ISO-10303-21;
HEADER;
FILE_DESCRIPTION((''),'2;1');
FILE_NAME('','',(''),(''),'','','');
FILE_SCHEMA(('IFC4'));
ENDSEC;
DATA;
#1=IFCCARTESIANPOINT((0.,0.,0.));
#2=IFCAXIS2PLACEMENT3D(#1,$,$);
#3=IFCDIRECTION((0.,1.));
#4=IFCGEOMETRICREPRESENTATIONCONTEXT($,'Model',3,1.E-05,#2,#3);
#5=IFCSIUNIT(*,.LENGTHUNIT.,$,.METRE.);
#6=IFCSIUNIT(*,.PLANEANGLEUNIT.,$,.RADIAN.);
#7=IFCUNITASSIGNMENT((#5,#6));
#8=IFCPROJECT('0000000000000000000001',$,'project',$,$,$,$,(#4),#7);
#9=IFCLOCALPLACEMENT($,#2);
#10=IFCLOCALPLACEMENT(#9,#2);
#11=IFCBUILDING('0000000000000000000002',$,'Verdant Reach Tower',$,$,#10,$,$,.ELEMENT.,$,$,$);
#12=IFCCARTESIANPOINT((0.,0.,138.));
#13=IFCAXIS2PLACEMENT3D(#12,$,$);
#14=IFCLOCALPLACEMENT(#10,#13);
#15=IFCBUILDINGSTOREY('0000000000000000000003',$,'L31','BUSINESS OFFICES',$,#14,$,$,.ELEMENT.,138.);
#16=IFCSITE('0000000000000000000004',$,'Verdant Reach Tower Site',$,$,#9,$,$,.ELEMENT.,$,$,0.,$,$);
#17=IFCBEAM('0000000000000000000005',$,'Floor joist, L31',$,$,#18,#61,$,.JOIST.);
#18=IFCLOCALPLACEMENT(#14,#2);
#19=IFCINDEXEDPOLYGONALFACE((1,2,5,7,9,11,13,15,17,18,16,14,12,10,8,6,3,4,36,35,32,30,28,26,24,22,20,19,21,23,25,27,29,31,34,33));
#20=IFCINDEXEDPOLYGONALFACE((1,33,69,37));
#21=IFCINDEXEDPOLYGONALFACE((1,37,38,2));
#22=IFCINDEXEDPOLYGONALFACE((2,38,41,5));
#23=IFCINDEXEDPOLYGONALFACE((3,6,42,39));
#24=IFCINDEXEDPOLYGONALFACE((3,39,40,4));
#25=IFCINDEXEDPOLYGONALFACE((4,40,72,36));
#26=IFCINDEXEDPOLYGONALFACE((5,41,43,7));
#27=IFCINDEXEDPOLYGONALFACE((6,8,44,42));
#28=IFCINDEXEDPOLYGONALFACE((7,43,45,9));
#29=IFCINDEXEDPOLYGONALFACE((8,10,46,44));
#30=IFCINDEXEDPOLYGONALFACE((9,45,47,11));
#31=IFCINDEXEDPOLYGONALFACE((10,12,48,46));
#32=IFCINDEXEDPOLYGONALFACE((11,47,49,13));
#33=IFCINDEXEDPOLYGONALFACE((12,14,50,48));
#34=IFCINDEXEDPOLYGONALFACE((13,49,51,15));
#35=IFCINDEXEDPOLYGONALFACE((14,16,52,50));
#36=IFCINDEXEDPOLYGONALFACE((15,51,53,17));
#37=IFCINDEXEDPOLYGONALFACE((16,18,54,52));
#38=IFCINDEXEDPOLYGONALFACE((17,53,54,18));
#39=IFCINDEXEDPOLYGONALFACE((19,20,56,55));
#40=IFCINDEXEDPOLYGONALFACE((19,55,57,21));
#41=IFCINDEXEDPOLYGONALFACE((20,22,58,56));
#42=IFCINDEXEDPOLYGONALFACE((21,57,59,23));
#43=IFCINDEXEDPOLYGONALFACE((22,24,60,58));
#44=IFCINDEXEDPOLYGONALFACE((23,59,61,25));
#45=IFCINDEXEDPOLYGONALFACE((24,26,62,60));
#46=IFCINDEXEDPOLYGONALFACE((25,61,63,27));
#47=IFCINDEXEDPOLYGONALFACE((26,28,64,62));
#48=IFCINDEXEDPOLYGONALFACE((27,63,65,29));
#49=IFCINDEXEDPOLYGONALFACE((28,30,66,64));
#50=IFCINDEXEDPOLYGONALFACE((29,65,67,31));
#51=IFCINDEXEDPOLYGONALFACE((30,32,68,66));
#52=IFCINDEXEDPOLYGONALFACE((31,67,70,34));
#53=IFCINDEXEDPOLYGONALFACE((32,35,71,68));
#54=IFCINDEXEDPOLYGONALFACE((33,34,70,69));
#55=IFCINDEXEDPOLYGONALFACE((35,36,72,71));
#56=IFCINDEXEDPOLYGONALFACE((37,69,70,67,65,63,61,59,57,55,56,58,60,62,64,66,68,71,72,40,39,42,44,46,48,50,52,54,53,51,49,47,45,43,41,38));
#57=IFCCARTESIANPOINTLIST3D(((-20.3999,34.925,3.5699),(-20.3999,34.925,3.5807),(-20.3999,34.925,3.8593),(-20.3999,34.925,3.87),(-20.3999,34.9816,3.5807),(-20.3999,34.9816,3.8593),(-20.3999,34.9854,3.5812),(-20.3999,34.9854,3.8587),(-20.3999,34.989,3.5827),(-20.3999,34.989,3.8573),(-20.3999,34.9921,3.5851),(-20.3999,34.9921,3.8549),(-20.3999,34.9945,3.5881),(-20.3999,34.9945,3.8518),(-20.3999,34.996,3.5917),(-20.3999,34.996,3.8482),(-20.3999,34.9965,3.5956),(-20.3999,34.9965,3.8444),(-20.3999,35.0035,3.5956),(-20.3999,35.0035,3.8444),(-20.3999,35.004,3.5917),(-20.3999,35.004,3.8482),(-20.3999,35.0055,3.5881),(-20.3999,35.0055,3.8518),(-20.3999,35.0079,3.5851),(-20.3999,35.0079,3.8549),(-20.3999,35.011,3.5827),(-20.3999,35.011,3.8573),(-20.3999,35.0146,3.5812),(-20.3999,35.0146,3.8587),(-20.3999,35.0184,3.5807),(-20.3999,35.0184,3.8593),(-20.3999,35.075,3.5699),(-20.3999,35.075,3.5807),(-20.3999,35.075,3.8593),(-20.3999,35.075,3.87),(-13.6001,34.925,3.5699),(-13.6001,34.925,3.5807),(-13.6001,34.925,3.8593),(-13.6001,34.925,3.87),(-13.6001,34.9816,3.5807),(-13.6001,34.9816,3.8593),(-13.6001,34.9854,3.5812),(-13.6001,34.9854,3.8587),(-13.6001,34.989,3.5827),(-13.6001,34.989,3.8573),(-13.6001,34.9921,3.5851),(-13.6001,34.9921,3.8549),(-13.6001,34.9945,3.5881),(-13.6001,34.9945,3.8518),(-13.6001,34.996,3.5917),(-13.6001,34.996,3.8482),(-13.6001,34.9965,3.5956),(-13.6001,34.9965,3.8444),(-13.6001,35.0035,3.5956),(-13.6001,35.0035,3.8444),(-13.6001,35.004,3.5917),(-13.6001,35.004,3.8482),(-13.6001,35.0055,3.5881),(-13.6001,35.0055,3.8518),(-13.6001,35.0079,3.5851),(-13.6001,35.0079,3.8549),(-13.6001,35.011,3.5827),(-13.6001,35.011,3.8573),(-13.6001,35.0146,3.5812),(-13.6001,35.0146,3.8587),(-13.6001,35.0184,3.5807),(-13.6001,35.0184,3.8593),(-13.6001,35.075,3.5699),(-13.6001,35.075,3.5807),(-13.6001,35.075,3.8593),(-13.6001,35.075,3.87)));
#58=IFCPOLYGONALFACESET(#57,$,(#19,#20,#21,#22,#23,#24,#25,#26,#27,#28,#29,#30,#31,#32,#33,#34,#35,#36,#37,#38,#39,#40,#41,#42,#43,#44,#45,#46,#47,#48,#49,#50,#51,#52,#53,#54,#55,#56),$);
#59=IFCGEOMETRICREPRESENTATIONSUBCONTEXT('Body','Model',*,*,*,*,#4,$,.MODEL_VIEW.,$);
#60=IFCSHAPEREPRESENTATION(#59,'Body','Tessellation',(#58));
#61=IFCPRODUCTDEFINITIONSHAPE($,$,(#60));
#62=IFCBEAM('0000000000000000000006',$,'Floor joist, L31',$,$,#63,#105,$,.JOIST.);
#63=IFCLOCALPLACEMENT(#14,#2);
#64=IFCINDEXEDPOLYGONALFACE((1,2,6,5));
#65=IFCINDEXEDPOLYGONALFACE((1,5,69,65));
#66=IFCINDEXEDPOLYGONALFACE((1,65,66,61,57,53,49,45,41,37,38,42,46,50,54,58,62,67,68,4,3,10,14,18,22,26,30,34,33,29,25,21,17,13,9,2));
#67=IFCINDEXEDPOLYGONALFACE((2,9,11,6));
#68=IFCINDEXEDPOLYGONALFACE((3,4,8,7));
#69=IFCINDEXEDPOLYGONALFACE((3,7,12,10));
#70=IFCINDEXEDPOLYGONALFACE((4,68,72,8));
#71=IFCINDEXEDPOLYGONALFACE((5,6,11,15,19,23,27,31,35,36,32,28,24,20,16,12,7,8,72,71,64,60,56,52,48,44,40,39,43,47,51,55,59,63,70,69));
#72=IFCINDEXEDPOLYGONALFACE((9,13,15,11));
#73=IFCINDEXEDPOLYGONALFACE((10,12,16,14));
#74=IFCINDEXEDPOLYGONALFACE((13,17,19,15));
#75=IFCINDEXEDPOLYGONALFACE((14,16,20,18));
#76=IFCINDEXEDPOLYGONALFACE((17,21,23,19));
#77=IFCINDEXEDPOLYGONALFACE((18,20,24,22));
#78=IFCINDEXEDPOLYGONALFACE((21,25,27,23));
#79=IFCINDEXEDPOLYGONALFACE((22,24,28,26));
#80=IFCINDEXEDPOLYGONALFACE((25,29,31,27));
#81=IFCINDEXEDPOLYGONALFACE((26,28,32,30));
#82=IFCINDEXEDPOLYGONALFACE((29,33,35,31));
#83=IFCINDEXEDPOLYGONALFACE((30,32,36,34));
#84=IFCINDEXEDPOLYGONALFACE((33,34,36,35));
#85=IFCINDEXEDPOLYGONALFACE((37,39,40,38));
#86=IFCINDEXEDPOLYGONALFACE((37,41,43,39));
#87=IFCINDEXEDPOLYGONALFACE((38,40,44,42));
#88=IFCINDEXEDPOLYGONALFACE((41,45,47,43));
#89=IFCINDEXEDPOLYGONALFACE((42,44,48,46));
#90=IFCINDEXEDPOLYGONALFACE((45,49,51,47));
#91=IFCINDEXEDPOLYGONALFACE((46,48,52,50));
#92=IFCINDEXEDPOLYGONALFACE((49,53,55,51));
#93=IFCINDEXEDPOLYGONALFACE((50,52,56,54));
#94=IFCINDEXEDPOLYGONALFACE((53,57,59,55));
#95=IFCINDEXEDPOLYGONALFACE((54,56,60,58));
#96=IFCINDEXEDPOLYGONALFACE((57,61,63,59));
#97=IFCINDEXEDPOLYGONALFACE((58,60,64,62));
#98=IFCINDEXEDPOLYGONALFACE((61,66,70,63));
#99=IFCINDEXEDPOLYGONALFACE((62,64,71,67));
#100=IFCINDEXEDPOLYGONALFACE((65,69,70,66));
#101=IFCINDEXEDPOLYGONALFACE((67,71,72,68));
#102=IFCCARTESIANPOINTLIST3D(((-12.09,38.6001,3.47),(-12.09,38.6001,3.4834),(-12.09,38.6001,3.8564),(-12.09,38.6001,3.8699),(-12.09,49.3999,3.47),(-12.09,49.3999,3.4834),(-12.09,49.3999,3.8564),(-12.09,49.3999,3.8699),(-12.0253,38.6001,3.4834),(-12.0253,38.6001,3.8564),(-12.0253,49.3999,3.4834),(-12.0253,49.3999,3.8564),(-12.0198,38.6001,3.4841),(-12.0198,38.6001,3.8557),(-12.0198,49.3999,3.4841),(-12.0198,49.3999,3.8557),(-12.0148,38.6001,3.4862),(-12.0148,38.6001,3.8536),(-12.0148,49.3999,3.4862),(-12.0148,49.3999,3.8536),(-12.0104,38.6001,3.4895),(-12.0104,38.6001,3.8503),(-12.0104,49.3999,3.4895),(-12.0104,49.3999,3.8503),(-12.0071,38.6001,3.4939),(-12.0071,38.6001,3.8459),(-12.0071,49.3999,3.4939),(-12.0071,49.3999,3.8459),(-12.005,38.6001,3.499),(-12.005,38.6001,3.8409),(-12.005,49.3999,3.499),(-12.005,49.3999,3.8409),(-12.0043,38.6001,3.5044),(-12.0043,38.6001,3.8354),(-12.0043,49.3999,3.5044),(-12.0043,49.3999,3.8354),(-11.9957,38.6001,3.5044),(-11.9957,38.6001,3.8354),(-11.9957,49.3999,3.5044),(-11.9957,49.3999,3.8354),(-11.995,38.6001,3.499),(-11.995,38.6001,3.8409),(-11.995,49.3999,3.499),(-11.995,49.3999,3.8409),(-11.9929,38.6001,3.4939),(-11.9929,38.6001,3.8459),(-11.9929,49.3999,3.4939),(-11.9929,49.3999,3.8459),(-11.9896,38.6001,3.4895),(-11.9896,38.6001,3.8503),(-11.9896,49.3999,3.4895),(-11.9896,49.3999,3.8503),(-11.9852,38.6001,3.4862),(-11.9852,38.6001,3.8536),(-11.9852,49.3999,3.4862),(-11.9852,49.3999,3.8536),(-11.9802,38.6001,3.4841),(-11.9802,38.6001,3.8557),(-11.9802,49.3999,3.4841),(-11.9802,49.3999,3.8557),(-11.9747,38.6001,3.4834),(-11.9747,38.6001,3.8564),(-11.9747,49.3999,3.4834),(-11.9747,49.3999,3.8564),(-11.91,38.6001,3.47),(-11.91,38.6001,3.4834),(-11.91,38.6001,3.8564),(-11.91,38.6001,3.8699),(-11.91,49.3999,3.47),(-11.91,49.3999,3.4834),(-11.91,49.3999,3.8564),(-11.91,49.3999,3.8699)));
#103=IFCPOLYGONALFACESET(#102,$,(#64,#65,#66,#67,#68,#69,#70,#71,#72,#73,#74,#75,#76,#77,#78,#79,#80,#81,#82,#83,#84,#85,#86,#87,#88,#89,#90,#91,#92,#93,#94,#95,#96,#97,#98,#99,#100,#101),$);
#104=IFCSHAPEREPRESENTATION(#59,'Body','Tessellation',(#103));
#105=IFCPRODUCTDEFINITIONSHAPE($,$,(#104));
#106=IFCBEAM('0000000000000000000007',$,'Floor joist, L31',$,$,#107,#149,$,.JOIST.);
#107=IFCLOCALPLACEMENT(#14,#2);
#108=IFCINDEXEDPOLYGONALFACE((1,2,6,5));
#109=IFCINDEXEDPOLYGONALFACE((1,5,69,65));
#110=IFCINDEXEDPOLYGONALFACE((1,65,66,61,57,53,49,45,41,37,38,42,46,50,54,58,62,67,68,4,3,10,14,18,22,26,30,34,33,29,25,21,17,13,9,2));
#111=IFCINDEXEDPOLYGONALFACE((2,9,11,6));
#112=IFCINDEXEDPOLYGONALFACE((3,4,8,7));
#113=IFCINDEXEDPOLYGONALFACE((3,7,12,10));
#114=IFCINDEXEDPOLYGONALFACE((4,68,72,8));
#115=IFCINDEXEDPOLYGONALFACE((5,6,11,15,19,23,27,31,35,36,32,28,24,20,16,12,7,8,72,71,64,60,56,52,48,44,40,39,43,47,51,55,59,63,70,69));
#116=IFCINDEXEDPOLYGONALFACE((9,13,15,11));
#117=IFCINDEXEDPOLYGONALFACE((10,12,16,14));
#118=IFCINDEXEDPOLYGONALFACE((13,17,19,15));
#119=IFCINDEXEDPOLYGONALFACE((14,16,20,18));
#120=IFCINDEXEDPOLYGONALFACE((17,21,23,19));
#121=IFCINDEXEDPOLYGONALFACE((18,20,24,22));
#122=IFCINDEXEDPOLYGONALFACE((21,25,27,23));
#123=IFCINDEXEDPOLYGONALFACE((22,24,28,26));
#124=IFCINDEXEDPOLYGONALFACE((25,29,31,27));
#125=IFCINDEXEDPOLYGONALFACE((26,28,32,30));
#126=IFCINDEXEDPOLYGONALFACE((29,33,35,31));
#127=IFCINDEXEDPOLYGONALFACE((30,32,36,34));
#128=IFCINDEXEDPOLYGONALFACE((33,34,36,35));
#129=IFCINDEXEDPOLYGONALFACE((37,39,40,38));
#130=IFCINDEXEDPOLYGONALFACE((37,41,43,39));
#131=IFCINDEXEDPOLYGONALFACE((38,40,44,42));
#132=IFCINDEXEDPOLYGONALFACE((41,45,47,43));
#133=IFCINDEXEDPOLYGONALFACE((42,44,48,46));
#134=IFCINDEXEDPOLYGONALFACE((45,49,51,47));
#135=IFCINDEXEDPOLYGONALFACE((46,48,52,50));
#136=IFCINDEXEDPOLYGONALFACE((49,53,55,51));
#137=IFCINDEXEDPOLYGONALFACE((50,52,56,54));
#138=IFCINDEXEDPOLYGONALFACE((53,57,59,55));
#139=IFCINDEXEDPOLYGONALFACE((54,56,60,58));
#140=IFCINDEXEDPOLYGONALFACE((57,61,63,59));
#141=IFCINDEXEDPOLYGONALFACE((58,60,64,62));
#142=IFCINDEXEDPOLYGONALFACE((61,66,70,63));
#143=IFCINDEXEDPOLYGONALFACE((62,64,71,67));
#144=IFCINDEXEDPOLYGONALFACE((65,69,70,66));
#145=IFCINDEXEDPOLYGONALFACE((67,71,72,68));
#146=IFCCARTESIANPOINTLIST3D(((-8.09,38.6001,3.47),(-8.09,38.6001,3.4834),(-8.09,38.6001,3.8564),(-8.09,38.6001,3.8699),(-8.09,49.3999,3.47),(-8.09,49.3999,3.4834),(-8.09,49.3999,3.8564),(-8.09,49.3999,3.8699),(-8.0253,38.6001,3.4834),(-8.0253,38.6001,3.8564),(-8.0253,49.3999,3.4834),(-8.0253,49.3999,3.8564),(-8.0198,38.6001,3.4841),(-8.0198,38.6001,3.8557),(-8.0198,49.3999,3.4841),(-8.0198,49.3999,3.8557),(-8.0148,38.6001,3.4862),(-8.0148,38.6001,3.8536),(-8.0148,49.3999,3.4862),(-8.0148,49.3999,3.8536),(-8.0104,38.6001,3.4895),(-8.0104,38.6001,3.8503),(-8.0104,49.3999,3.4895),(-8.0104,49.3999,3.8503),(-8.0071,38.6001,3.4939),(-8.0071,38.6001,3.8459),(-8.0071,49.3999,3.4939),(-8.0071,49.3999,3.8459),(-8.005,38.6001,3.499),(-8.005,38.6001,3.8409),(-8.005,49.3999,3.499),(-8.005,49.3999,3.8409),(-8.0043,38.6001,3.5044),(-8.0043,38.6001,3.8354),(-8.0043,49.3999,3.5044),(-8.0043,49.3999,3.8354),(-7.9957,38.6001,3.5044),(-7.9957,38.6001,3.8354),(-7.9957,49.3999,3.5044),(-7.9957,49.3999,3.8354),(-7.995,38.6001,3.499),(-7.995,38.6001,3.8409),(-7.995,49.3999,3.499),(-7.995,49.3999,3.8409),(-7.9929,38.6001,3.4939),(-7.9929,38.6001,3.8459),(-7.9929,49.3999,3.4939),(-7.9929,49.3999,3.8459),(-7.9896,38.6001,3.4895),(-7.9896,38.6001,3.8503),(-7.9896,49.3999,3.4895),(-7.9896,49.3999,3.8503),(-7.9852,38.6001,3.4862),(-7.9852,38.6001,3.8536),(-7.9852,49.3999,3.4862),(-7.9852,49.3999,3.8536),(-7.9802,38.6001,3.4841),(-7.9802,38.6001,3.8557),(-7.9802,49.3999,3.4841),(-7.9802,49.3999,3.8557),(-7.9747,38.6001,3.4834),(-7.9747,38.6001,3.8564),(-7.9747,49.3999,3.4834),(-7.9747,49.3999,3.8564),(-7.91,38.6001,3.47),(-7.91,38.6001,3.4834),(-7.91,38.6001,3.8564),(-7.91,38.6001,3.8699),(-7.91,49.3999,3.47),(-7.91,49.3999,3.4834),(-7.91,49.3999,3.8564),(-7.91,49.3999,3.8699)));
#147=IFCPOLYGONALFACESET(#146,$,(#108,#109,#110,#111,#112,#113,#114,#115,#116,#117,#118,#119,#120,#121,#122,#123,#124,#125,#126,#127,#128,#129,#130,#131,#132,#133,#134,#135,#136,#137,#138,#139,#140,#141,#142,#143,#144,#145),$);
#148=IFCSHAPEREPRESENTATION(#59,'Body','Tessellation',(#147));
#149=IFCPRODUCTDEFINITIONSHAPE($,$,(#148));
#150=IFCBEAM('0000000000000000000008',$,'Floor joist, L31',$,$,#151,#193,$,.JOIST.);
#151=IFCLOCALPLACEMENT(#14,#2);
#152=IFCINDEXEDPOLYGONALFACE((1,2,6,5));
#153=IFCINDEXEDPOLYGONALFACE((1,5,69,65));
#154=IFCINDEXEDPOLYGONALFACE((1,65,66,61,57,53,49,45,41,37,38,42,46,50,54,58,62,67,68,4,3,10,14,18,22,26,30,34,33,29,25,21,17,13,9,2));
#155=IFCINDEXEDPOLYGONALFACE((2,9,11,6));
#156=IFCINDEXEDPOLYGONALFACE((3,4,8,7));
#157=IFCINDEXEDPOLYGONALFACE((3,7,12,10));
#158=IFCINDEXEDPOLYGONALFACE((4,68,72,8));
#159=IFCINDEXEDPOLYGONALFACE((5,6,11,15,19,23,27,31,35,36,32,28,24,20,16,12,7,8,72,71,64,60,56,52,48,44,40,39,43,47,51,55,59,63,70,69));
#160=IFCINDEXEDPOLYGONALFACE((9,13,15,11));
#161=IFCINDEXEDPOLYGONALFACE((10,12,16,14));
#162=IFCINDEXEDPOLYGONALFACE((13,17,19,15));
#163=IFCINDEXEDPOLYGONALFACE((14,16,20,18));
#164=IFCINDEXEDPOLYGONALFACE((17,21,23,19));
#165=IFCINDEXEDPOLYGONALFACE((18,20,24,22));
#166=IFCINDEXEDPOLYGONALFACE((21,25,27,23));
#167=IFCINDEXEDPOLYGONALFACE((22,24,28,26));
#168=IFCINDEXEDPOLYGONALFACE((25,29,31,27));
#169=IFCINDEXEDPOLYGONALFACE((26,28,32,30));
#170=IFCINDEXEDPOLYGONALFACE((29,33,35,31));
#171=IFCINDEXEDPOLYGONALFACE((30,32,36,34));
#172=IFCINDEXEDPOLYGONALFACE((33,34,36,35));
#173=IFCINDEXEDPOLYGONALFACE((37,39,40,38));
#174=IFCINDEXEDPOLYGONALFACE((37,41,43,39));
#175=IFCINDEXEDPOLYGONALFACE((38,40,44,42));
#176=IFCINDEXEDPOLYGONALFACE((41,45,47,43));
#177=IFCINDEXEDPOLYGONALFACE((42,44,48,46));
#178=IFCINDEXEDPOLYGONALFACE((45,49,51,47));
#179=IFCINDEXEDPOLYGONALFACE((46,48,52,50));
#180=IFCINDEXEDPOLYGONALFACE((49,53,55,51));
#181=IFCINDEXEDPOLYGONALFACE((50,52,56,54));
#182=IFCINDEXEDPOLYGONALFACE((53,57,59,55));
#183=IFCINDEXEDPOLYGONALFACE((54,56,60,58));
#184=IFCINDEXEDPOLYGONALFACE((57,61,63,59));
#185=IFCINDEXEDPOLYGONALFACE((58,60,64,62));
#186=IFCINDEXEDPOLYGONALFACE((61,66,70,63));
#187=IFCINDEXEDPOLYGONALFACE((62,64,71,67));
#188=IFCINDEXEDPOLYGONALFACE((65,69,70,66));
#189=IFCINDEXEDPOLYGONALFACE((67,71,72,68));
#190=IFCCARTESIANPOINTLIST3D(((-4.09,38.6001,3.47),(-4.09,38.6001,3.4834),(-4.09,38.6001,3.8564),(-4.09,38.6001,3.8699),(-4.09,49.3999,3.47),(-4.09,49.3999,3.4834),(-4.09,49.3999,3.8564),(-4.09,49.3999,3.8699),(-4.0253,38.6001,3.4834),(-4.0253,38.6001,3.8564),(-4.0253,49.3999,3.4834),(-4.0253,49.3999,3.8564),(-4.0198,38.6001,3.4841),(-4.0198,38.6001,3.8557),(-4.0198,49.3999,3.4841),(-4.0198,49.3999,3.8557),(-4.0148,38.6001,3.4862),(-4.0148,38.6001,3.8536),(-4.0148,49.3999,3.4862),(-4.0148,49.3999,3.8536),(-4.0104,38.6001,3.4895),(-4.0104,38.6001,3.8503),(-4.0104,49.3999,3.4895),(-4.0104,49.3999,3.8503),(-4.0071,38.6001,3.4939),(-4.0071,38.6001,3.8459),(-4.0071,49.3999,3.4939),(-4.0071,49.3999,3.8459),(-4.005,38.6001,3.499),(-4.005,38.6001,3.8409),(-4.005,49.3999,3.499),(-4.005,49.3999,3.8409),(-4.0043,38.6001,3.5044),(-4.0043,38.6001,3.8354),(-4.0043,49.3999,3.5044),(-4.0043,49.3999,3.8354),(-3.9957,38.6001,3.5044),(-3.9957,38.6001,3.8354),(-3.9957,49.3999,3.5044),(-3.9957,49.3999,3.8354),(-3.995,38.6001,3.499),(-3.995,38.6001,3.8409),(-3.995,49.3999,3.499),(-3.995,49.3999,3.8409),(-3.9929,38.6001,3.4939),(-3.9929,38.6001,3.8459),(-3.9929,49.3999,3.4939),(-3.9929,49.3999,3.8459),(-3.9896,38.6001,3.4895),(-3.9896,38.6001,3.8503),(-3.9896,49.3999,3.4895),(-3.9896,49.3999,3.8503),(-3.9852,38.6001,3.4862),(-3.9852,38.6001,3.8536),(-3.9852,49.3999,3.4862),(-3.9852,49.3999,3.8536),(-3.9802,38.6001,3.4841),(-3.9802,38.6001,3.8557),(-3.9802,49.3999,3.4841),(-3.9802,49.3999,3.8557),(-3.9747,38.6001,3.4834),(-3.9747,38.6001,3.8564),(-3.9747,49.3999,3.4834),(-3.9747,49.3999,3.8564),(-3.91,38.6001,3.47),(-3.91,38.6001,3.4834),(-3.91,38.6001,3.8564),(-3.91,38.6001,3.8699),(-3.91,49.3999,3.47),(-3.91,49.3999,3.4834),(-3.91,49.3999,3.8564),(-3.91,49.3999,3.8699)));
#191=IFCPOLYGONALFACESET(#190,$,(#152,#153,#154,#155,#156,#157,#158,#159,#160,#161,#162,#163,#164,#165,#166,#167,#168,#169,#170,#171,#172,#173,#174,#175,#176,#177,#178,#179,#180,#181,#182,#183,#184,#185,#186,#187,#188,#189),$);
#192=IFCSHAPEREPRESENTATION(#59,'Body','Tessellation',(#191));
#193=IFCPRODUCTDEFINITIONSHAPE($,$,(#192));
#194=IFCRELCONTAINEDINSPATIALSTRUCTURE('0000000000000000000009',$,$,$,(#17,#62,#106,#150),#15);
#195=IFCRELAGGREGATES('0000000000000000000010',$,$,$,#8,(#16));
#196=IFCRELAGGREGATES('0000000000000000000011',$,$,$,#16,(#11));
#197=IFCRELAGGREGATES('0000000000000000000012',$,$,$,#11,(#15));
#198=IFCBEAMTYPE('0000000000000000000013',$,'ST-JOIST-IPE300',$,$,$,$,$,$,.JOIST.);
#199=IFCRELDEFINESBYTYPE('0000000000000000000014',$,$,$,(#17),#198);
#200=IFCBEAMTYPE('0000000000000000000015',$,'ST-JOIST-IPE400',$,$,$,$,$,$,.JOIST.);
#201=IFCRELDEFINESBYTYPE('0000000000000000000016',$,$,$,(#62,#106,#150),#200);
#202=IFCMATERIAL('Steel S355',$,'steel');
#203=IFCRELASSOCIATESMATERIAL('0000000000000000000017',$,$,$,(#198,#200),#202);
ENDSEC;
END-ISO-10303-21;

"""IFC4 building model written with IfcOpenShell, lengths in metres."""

from ifc_helpers import new_model, si_unit, direction, frame, origin, origin_2d, place, context, subcontext, project, spatial, i_section, extrude, material, material_profile, profile_set, type_object, element, save


model = new_model("IFC4")

# Units and contexts
model_context = context("Model", 3, precision=1e-05, world=origin(), true_north=direction((0.0, 1.0)))
body_context = subcontext(model_context, "Body", "Model", "MODEL_VIEW")
ifc_project = project(units=[si_unit("LENGTHUNIT", "METRE"), si_unit("PLANEANGLEUNIT", "RADIAN")], contexts=[model_context])

# Site, building, storey
site_placement = place(None, origin())
site = spatial("IfcSite", under=ifc_project, at=site_placement, Name="Verdant Reach Tower Site", CompositionType="ELEMENT", RefElevation=0.0)
building_placement = place(site_placement, origin())
building = spatial("IfcBuilding", under=site, at=building_placement, Name="Verdant Reach Tower", CompositionType="ELEMENT")
storey_placement = place(building_placement, frame((0.0, 0.0, 138.0)))
storey = spatial("IfcBuildingStorey", under=building, at=storey_placement, Name="L31", Description="BUSINESS OFFICES", CompositionType="ELEMENT", Elevation=138.0)

# Beams
ifc_material_1 = material(Name="Steel S355", Category="steel")
ifc_material_profile_1 = material_profile(ifc_material_1, i_section(OverallWidth=0.1499, OverallDepth=0.3, WebThickness=0.0071, FlangeThickness=0.0107, FilletRadius=0.0149, at=origin_2d()), Name="IPE 300")
ifc_profile_set_1 = profile_set([ifc_material_profile_1], Name="Steel S355")
beam_type_1 = type_object("IfcBeamType", Name="ST-JOIST-IPE300", PredefinedType="JOIST", material=ifc_profile_set_1)
beam_1_placement = place(storey_placement, frame((-13.6001, 35.0, 3.72), z_axis=(-1.0, 0.0, 0.0), x_axis=(0.0, -1.0, 0.0)))
element("IfcBeam", 1, at=beam_1_placement, inside=storey, type_object=beam_type_1, Name="Floor joist, L31", PredefinedType="JOIST", context=body_context, shape_type="SweptSolid", body=[
    extrude(i_section(OverallWidth=0.1499, OverallDepth=0.3, WebThickness=0.0071, FlangeThickness=0.0107, FilletRadius=0.0149, at=origin_2d()), origin(), (0.0, 0.0, 1.0), 6.7998),
])
ifc_material_profile_2 = material_profile(ifc_material_1, i_section(OverallWidth=0.1799, OverallDepth=0.3999, WebThickness=0.0085, FlangeThickness=0.0134, FilletRadius=0.021, at=origin_2d()), Name="IPE 400")
ifc_profile_set_2 = profile_set([ifc_material_profile_2], Name="Steel S355")
beam_type_2 = type_object("IfcBeamType", Name="ST-JOIST-IPE400", PredefinedType="JOIST", material=ifc_profile_set_2)
for number, where, z_axis, x_axis, name in (
    (2, (-12.0, 38.6001, 3.6699), (0.0, 1.0, 0.0), (-1.0, 0.0, 0.0), "Floor joist, L31"),
    (3, (-8.0, 38.6001, 3.6699), (0.0, 1.0, 0.0), (-1.0, 0.0, 0.0), "Floor joist, L31"),
    (4, (-4.0, 38.6001, 3.6699), (0.0, 1.0, 0.0), (-1.0, 0.0, 0.0), "Floor joist, L31"),
):
    element("IfcBeam", number, at=place(storey_placement, frame(where, z_axis=z_axis, x_axis=x_axis)), inside=storey, type_object=beam_type_2, Name=name, PredefinedType="JOIST", context=body_context, shape_type="SweptSolid", body=[
        extrude(i_section(OverallWidth=0.1799, OverallDepth=0.3999, WebThickness=0.0085, FlangeThickness=0.0134, FilletRadius=0.021, at=origin_2d()), origin(), (0.0, 0.0, 1.0), 10.7998),
    ])

save(model, "model.ifc")
